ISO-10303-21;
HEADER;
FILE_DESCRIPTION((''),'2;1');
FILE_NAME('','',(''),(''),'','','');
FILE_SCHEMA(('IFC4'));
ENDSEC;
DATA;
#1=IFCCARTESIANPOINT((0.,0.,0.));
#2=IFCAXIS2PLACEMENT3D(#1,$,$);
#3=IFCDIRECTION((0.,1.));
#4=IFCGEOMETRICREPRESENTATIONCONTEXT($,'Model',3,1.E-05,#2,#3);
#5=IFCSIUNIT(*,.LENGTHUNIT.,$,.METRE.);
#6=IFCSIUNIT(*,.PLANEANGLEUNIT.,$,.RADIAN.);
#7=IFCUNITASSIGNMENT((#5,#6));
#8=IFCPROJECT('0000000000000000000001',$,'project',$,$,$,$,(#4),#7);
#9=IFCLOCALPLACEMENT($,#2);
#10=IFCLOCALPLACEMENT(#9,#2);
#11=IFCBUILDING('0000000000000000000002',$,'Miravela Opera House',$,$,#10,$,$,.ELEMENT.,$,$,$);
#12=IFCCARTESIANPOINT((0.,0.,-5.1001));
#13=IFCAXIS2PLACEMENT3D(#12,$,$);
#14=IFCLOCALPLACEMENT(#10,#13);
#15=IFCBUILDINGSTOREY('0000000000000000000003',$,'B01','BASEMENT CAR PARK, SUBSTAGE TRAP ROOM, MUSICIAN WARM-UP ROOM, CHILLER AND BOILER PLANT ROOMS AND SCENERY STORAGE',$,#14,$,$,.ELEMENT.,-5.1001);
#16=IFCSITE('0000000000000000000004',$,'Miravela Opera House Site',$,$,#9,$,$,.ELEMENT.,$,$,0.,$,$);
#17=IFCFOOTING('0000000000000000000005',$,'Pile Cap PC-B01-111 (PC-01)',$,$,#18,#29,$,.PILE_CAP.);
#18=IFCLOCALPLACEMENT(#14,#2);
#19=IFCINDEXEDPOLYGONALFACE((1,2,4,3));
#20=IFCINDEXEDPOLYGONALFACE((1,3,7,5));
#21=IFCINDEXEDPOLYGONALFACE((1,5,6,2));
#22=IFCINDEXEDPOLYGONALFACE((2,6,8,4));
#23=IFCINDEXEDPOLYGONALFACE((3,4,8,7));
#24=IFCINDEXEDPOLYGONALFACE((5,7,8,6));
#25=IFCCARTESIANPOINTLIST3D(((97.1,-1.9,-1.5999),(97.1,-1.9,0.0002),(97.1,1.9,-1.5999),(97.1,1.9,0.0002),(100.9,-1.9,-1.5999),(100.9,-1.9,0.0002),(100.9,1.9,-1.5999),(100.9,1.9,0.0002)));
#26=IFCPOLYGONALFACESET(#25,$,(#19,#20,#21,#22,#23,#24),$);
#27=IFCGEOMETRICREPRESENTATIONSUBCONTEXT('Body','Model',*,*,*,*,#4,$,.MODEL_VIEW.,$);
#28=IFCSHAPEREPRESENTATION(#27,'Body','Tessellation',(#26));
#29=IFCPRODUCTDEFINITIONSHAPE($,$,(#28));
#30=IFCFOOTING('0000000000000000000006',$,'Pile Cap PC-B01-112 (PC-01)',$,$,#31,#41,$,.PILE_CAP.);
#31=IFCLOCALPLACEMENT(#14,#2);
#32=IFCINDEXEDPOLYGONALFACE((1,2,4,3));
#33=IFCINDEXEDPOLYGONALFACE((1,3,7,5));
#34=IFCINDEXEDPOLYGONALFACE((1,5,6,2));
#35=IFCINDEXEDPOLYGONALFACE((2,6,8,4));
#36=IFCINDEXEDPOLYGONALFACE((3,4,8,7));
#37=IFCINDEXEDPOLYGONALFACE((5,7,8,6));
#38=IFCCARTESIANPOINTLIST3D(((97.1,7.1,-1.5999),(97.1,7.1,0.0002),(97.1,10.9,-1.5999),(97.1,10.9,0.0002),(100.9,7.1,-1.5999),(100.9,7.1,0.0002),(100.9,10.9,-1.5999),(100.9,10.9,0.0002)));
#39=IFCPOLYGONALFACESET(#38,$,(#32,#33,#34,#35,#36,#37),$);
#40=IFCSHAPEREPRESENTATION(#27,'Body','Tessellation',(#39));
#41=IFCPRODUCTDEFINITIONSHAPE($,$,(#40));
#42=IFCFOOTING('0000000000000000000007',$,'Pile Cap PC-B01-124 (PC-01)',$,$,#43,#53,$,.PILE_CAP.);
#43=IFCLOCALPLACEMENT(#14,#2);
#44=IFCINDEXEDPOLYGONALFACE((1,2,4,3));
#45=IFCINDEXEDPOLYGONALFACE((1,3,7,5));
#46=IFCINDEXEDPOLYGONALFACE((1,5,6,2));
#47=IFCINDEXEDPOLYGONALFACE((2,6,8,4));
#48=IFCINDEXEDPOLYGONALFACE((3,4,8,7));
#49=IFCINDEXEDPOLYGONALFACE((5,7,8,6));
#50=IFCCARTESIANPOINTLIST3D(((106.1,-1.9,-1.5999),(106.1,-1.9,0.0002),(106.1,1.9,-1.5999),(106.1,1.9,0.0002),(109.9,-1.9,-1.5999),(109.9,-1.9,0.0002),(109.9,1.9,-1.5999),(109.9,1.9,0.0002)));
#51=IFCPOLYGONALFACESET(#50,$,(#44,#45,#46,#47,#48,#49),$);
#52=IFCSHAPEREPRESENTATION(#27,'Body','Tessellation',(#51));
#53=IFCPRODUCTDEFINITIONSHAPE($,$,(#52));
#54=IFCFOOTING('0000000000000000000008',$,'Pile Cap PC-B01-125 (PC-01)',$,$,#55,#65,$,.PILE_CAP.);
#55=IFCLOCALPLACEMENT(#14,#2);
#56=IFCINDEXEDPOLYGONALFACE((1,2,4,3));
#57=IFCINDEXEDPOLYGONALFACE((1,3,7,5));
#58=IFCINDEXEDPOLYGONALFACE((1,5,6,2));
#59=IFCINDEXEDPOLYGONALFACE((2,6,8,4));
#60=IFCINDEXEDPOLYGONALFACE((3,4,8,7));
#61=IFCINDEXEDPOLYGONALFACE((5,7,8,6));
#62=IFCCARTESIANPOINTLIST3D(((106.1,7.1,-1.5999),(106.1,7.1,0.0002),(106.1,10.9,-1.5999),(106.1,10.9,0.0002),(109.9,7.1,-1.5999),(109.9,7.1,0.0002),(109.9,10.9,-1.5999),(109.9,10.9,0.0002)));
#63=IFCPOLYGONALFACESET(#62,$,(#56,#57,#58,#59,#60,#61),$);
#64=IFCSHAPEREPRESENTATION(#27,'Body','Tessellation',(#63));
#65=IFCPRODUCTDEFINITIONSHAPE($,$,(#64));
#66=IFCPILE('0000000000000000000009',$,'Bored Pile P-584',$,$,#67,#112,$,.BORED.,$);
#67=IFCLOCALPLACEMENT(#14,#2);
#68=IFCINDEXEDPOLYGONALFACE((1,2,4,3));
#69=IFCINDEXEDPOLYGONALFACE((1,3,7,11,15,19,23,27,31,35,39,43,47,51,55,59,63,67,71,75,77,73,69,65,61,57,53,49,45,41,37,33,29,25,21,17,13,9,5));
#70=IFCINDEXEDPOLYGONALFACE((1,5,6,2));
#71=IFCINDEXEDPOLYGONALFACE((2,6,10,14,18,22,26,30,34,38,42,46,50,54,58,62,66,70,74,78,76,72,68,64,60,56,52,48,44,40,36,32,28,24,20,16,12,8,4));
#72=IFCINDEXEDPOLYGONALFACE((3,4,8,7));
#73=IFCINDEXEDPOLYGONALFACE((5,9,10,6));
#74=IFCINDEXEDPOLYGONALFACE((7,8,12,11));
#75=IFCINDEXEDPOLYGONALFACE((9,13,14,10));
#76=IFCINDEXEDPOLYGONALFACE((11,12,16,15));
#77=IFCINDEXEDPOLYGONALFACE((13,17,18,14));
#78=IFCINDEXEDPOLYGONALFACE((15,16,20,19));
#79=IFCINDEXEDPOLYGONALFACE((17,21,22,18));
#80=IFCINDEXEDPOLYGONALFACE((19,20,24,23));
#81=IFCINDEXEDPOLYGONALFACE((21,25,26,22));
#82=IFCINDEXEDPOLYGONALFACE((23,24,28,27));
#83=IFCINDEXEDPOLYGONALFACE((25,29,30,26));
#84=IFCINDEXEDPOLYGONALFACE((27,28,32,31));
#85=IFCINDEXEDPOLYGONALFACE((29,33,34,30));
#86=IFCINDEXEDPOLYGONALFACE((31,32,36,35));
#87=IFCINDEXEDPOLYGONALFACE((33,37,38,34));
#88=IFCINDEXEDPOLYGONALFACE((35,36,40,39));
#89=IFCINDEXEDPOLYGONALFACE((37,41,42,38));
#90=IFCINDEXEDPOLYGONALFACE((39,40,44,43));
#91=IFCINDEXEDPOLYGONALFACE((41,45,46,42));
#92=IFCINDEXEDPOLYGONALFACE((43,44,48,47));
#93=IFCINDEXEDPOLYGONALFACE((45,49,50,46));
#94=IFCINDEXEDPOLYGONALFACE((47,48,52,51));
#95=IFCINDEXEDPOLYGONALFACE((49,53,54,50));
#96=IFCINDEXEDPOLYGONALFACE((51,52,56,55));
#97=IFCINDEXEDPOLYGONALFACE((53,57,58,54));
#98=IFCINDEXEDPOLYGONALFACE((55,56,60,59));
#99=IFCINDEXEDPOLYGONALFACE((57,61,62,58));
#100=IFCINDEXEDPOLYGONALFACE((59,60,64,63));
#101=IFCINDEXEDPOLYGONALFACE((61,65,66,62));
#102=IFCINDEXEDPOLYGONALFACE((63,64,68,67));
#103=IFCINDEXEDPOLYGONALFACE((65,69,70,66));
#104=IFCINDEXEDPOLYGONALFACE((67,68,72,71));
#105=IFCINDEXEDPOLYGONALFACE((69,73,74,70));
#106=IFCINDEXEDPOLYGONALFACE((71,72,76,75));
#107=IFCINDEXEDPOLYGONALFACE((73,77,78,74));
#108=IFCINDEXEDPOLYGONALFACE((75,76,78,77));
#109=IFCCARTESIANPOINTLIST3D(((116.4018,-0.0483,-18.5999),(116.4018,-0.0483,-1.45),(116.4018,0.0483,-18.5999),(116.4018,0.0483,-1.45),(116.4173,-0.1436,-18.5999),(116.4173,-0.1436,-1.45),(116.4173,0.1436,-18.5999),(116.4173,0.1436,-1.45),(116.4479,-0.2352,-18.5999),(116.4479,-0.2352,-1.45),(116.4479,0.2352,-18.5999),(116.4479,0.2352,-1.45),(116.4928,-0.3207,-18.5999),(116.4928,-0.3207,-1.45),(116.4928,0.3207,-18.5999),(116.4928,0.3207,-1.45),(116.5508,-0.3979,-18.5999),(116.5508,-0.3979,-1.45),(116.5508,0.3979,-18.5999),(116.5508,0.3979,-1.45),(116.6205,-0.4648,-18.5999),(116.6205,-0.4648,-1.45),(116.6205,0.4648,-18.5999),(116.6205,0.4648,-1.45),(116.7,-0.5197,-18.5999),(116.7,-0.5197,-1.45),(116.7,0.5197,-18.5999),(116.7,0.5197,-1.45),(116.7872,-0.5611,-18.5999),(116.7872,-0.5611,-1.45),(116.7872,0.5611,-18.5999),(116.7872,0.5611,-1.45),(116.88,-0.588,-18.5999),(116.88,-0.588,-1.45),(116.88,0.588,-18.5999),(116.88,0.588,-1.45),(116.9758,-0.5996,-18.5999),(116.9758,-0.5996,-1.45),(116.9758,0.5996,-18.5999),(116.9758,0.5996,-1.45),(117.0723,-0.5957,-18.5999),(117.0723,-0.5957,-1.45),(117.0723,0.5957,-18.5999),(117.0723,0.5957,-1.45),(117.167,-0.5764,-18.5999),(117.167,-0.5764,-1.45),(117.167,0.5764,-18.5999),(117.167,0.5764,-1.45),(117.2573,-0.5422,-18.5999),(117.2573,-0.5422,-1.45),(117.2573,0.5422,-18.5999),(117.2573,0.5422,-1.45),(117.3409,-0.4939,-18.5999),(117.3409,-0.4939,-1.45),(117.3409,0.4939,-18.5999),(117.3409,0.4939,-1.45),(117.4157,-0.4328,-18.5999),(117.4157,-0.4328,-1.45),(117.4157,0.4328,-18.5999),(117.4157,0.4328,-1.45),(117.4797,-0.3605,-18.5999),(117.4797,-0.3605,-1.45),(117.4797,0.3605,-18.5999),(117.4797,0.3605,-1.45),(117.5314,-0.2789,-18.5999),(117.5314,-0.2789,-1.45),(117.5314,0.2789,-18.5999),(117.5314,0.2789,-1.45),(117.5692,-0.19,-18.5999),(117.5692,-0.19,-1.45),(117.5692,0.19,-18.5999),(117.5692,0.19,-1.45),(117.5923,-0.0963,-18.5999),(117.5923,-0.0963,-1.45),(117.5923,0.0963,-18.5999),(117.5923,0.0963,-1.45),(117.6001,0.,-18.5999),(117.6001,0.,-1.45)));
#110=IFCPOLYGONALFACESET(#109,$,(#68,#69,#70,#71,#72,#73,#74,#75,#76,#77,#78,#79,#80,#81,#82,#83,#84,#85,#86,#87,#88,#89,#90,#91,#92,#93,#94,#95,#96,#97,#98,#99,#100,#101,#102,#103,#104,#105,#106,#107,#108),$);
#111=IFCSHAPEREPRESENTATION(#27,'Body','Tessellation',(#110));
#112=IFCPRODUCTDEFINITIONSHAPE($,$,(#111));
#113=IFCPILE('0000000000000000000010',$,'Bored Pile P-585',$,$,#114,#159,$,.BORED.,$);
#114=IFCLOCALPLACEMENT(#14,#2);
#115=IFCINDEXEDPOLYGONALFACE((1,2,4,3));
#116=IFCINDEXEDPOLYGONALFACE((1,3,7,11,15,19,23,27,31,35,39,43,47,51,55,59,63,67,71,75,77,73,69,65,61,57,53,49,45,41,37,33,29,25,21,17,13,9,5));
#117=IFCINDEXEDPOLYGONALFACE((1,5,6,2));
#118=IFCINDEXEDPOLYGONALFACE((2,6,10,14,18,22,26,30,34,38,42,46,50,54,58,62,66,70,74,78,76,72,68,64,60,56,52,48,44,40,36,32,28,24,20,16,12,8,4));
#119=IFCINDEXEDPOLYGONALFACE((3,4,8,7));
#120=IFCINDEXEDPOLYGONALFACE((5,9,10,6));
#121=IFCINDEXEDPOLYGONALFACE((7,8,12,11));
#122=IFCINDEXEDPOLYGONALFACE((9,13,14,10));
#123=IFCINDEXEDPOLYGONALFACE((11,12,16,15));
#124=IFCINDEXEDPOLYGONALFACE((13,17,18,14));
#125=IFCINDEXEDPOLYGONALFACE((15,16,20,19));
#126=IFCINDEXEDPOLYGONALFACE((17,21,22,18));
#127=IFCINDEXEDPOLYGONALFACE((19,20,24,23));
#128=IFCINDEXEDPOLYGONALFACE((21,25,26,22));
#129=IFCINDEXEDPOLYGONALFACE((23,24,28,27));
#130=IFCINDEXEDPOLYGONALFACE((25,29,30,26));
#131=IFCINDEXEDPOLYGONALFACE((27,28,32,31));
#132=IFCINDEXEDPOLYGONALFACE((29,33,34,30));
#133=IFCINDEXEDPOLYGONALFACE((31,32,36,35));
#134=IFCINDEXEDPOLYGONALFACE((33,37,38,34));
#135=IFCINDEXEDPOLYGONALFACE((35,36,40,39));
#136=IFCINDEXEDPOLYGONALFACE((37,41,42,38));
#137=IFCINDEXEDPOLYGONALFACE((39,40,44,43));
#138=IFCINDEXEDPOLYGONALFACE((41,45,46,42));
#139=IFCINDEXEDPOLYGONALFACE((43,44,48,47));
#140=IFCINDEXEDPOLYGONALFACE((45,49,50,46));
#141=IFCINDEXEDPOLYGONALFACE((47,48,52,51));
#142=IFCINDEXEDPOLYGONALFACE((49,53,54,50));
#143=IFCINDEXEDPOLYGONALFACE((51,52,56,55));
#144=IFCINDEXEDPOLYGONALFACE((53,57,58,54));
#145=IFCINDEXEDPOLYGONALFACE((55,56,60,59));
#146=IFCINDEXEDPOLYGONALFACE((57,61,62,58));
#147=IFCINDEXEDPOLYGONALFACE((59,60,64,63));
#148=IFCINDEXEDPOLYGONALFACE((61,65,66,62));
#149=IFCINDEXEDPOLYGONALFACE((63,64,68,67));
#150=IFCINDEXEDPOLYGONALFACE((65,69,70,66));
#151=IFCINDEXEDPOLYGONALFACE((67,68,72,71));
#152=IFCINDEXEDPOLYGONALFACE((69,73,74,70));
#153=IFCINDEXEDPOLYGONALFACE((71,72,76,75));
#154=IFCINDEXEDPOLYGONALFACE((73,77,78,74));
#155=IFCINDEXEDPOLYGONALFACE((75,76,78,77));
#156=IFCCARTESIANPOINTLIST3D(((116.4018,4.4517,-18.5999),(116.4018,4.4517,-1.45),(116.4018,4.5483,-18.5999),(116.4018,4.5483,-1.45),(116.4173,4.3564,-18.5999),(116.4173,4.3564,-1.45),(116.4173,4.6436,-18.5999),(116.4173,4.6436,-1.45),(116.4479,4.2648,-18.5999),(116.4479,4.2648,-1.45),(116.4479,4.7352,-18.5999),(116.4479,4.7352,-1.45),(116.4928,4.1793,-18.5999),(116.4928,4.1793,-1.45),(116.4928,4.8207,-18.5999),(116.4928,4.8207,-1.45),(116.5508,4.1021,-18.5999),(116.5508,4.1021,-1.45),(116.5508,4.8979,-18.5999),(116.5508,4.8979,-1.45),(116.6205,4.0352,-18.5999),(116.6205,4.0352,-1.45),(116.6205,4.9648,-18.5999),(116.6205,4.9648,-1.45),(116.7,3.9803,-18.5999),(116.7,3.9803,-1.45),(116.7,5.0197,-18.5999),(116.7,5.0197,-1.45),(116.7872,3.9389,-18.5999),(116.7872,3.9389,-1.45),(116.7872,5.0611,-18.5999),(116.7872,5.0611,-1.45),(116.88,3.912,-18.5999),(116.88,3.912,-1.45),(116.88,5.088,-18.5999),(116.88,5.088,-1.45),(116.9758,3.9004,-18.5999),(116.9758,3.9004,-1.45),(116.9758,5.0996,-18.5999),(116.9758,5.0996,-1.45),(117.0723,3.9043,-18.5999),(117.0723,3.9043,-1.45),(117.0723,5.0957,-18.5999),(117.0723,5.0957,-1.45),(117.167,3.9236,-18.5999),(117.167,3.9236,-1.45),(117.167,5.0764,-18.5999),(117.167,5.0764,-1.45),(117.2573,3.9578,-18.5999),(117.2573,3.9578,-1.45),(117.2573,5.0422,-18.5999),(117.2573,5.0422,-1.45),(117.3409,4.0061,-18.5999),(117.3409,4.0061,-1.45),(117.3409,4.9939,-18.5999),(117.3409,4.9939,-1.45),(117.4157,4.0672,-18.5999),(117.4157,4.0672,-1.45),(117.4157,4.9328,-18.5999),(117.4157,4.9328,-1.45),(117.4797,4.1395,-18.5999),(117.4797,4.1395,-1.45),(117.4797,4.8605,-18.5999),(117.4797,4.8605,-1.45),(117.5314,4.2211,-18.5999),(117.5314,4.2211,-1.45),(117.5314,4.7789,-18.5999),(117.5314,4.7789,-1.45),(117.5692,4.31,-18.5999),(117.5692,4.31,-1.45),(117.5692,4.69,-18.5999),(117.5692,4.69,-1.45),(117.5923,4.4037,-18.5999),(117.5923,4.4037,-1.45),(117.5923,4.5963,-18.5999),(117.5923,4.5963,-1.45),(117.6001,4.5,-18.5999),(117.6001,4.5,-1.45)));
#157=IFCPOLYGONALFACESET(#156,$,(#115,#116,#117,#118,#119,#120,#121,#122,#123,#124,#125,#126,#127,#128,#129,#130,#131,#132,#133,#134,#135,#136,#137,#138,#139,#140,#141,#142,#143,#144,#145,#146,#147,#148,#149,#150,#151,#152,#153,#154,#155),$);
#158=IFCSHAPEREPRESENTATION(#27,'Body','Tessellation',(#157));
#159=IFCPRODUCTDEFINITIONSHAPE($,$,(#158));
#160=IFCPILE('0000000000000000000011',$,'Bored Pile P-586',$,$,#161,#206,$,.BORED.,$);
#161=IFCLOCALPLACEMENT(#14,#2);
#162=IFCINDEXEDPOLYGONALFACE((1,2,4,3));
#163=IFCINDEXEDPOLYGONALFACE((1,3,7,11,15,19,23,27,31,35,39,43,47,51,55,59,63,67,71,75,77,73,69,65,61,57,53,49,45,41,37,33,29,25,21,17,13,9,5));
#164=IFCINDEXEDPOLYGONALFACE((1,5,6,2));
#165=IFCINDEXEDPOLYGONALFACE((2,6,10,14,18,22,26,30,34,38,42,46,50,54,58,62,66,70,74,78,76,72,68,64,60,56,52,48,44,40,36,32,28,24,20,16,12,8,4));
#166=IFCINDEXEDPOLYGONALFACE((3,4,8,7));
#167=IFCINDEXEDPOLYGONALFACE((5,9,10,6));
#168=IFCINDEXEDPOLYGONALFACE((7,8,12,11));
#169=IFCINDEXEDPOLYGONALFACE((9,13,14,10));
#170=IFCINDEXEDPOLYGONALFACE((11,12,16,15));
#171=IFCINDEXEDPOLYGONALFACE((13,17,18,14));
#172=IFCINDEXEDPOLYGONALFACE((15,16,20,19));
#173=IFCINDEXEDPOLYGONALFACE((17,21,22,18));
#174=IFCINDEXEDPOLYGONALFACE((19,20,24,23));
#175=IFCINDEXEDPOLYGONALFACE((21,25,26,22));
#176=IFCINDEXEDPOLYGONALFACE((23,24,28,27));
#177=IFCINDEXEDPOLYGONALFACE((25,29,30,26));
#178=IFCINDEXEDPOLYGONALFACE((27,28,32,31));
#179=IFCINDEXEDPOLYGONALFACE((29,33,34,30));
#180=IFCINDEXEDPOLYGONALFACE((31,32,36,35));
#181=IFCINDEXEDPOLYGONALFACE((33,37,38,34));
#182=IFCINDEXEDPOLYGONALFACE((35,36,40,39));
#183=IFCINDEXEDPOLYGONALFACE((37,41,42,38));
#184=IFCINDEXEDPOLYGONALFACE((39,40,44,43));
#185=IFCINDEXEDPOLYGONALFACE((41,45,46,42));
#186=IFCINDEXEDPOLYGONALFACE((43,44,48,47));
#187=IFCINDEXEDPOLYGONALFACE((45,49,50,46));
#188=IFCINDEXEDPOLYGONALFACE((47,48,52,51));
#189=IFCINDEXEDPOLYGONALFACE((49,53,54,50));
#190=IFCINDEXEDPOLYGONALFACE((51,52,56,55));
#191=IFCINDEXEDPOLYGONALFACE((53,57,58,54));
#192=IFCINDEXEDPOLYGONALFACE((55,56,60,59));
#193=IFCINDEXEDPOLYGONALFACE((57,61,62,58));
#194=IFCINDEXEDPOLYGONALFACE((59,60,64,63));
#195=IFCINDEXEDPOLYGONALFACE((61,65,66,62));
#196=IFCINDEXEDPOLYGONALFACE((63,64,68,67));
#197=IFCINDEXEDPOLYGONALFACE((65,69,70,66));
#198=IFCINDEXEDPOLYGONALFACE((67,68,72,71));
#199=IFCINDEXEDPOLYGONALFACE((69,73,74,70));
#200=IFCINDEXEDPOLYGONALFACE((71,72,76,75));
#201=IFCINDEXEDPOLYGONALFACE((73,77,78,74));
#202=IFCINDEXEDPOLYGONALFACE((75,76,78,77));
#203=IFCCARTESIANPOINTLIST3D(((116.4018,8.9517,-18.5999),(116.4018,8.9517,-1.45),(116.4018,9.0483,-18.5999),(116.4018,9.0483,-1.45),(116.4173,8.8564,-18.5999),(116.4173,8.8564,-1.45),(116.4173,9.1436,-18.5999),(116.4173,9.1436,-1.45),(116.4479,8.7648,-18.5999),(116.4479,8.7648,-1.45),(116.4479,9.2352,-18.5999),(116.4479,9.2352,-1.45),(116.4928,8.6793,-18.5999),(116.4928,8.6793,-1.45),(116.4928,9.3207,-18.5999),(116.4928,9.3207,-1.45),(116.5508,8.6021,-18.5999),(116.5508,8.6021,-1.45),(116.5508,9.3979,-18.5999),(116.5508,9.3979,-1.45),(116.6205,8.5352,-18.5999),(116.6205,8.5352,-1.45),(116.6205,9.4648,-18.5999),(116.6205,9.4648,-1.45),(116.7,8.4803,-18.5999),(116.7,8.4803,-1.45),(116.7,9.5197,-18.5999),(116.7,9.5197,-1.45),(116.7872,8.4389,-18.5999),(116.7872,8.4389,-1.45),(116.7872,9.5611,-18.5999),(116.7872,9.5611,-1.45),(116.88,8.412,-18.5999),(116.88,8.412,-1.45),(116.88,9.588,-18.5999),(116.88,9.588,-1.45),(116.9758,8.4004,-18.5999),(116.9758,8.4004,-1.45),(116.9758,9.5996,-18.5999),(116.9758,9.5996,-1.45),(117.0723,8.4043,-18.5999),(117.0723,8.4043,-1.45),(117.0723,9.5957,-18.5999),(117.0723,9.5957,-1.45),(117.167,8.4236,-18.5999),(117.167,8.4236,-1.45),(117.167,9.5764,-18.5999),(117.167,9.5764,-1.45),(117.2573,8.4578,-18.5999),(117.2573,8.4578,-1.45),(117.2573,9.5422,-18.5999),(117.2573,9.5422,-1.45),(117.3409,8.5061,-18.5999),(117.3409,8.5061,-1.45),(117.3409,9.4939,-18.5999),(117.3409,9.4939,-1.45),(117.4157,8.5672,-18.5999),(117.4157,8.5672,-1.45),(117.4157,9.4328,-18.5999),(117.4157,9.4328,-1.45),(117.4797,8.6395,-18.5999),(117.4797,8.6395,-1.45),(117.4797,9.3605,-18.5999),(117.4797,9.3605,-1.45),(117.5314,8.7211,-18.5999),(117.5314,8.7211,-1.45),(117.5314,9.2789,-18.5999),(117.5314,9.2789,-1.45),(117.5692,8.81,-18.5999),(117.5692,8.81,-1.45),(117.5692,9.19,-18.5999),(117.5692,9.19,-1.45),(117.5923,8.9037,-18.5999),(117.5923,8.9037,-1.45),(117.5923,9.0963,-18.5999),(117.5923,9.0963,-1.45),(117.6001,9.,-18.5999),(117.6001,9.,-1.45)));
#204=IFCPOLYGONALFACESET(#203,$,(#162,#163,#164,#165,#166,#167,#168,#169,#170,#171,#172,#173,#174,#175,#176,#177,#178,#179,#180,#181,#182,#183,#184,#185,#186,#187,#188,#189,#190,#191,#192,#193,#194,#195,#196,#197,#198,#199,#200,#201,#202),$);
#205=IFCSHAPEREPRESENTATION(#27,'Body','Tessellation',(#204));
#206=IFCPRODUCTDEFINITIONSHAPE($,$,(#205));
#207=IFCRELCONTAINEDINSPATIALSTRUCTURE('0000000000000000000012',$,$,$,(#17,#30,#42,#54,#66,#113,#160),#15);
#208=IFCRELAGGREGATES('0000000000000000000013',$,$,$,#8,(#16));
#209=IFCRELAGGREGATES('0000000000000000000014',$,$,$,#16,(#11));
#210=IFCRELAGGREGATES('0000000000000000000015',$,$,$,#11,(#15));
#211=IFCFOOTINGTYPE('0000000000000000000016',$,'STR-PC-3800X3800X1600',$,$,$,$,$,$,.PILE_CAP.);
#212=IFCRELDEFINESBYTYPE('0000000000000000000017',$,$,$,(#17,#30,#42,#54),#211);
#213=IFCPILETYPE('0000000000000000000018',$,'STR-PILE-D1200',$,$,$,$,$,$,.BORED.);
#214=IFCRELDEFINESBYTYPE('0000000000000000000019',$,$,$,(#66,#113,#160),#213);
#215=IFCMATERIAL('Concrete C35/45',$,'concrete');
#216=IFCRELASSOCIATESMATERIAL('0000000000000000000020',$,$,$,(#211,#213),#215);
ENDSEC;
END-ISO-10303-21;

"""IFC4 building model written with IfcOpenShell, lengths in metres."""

from ifc_helpers import new_model, si_unit, direction, frame, origin, origin_2d, place, context, subcontext, project, spatial, rectangle, circle, extrude, material, material_profile, profile_set, type_object, element, save


model = new_model("IFC4")

# Units and contexts
model_context = context("Model", 3, precision=1e-05, world=origin(), true_north=direction((0.0, 1.0)))
body_context = subcontext(model_context, "Body", "Model", "MODEL_VIEW")
ifc_project = project(units=[si_unit("LENGTHUNIT", "METRE"), si_unit("PLANEANGLEUNIT", "RADIAN")], contexts=[model_context])

# Site, building, storey
site_placement = place(None, origin())
site = spatial("IfcSite", under=ifc_project, at=site_placement, Name="Miravela Opera House Site", CompositionType="ELEMENT", RefElevation=0.0)
building_placement = place(site_placement, origin())
building = spatial("IfcBuilding", under=site, at=building_placement, Name="Miravela Opera House", CompositionType="ELEMENT")
storey_placement = place(building_placement, frame((0.0, 0.0, -5.1001)))
storey = spatial("IfcBuildingStorey", under=building, at=storey_placement, Name="B01", Description="BASEMENT CAR PARK, SUBSTAGE TRAP ROOM, MUSICIAN WARM-UP ROOM, CHILLER AND BOILER PLANT ROOMS AND SCENERY STORAGE", CompositionType="ELEMENT", Elevation=-5.1001)

# Footings
ifc_material_1 = material(Name="Concrete C35/45", Category="concrete")
footing_type = type_object("IfcFootingType", Name="STR-PC-3800X3800X1600", PredefinedType="PILE_CAP", material=ifc_material_1)
for number, where, z_axis, x_axis, name in (
    (1, (99.0, 0.0, -1.5999), (0.0, 0.0, 1.0), (1.0, 0.0, 0.0), "Pile Cap PC-B01-111 (PC-01)"),
    (2, (99.0, 9.0, -1.5999), (0.0, 0.0, 1.0), (1.0, 0.0, 0.0), "Pile Cap PC-B01-112 (PC-01)"),
    (3, (108.0, 0.0, -1.5999), (0.0, 0.0, 1.0), (1.0, 0.0, 0.0), "Pile Cap PC-B01-124 (PC-01)"),
    (4, (108.0, 9.0, -1.5999), (0.0, 0.0, 1.0), (1.0, 0.0, 0.0), "Pile Cap PC-B01-125 (PC-01)"),
):
    element("IfcFooting", number, at=place(storey_placement, frame(where, z_axis=z_axis, x_axis=x_axis)), inside=storey, type_object=footing_type, Name=name, PredefinedType="PILE_CAP", context=body_context, shape_type="SweptSolid", body=[
        extrude(rectangle(XDim=3.8, YDim=3.8, at=origin_2d()), origin(), (0.0, 0.0, 1.0), 1.6001),
    ])

# Piles
ifc_material_profile_1 = material_profile(ifc_material_1, circle(Radius=0.6001, at=origin_2d()), Name="PILE-D1200")
ifc_profile_set_1 = profile_set([ifc_material_profile_1])
pile_type_1 = type_object("IfcPileType", Name="STR-PILE-D1200", PredefinedType="BORED", material=ifc_profile_set_1)
for number, where, z_axis, x_axis, name in (
    (5, (117.0, 0.0, -1.45), (0.0, 0.0, -1.0), (1.0, 0.0, 0.0), "Bored Pile P-584"),
    (6, (117.0, 4.5, -1.45), (0.0, 0.0, -1.0), (1.0, 0.0, 0.0), "Bored Pile P-585"),
    (7, (117.0, 9.0, -1.45), (0.0, 0.0, -1.0), (1.0, 0.0, 0.0), "Bored Pile P-586"),
):
    element("IfcPile", number, at=place(storey_placement, frame(where, z_axis=z_axis, x_axis=x_axis)), inside=storey, type_object=pile_type_1, Name=name, PredefinedType="BORED", context=body_context, shape_type="SweptSolid", body=[
        extrude(circle(Radius=0.6001, at=origin_2d()), origin(), (0.0, 0.0, 1.0), 17.1499),
    ])

save(model, "model.ifc")
